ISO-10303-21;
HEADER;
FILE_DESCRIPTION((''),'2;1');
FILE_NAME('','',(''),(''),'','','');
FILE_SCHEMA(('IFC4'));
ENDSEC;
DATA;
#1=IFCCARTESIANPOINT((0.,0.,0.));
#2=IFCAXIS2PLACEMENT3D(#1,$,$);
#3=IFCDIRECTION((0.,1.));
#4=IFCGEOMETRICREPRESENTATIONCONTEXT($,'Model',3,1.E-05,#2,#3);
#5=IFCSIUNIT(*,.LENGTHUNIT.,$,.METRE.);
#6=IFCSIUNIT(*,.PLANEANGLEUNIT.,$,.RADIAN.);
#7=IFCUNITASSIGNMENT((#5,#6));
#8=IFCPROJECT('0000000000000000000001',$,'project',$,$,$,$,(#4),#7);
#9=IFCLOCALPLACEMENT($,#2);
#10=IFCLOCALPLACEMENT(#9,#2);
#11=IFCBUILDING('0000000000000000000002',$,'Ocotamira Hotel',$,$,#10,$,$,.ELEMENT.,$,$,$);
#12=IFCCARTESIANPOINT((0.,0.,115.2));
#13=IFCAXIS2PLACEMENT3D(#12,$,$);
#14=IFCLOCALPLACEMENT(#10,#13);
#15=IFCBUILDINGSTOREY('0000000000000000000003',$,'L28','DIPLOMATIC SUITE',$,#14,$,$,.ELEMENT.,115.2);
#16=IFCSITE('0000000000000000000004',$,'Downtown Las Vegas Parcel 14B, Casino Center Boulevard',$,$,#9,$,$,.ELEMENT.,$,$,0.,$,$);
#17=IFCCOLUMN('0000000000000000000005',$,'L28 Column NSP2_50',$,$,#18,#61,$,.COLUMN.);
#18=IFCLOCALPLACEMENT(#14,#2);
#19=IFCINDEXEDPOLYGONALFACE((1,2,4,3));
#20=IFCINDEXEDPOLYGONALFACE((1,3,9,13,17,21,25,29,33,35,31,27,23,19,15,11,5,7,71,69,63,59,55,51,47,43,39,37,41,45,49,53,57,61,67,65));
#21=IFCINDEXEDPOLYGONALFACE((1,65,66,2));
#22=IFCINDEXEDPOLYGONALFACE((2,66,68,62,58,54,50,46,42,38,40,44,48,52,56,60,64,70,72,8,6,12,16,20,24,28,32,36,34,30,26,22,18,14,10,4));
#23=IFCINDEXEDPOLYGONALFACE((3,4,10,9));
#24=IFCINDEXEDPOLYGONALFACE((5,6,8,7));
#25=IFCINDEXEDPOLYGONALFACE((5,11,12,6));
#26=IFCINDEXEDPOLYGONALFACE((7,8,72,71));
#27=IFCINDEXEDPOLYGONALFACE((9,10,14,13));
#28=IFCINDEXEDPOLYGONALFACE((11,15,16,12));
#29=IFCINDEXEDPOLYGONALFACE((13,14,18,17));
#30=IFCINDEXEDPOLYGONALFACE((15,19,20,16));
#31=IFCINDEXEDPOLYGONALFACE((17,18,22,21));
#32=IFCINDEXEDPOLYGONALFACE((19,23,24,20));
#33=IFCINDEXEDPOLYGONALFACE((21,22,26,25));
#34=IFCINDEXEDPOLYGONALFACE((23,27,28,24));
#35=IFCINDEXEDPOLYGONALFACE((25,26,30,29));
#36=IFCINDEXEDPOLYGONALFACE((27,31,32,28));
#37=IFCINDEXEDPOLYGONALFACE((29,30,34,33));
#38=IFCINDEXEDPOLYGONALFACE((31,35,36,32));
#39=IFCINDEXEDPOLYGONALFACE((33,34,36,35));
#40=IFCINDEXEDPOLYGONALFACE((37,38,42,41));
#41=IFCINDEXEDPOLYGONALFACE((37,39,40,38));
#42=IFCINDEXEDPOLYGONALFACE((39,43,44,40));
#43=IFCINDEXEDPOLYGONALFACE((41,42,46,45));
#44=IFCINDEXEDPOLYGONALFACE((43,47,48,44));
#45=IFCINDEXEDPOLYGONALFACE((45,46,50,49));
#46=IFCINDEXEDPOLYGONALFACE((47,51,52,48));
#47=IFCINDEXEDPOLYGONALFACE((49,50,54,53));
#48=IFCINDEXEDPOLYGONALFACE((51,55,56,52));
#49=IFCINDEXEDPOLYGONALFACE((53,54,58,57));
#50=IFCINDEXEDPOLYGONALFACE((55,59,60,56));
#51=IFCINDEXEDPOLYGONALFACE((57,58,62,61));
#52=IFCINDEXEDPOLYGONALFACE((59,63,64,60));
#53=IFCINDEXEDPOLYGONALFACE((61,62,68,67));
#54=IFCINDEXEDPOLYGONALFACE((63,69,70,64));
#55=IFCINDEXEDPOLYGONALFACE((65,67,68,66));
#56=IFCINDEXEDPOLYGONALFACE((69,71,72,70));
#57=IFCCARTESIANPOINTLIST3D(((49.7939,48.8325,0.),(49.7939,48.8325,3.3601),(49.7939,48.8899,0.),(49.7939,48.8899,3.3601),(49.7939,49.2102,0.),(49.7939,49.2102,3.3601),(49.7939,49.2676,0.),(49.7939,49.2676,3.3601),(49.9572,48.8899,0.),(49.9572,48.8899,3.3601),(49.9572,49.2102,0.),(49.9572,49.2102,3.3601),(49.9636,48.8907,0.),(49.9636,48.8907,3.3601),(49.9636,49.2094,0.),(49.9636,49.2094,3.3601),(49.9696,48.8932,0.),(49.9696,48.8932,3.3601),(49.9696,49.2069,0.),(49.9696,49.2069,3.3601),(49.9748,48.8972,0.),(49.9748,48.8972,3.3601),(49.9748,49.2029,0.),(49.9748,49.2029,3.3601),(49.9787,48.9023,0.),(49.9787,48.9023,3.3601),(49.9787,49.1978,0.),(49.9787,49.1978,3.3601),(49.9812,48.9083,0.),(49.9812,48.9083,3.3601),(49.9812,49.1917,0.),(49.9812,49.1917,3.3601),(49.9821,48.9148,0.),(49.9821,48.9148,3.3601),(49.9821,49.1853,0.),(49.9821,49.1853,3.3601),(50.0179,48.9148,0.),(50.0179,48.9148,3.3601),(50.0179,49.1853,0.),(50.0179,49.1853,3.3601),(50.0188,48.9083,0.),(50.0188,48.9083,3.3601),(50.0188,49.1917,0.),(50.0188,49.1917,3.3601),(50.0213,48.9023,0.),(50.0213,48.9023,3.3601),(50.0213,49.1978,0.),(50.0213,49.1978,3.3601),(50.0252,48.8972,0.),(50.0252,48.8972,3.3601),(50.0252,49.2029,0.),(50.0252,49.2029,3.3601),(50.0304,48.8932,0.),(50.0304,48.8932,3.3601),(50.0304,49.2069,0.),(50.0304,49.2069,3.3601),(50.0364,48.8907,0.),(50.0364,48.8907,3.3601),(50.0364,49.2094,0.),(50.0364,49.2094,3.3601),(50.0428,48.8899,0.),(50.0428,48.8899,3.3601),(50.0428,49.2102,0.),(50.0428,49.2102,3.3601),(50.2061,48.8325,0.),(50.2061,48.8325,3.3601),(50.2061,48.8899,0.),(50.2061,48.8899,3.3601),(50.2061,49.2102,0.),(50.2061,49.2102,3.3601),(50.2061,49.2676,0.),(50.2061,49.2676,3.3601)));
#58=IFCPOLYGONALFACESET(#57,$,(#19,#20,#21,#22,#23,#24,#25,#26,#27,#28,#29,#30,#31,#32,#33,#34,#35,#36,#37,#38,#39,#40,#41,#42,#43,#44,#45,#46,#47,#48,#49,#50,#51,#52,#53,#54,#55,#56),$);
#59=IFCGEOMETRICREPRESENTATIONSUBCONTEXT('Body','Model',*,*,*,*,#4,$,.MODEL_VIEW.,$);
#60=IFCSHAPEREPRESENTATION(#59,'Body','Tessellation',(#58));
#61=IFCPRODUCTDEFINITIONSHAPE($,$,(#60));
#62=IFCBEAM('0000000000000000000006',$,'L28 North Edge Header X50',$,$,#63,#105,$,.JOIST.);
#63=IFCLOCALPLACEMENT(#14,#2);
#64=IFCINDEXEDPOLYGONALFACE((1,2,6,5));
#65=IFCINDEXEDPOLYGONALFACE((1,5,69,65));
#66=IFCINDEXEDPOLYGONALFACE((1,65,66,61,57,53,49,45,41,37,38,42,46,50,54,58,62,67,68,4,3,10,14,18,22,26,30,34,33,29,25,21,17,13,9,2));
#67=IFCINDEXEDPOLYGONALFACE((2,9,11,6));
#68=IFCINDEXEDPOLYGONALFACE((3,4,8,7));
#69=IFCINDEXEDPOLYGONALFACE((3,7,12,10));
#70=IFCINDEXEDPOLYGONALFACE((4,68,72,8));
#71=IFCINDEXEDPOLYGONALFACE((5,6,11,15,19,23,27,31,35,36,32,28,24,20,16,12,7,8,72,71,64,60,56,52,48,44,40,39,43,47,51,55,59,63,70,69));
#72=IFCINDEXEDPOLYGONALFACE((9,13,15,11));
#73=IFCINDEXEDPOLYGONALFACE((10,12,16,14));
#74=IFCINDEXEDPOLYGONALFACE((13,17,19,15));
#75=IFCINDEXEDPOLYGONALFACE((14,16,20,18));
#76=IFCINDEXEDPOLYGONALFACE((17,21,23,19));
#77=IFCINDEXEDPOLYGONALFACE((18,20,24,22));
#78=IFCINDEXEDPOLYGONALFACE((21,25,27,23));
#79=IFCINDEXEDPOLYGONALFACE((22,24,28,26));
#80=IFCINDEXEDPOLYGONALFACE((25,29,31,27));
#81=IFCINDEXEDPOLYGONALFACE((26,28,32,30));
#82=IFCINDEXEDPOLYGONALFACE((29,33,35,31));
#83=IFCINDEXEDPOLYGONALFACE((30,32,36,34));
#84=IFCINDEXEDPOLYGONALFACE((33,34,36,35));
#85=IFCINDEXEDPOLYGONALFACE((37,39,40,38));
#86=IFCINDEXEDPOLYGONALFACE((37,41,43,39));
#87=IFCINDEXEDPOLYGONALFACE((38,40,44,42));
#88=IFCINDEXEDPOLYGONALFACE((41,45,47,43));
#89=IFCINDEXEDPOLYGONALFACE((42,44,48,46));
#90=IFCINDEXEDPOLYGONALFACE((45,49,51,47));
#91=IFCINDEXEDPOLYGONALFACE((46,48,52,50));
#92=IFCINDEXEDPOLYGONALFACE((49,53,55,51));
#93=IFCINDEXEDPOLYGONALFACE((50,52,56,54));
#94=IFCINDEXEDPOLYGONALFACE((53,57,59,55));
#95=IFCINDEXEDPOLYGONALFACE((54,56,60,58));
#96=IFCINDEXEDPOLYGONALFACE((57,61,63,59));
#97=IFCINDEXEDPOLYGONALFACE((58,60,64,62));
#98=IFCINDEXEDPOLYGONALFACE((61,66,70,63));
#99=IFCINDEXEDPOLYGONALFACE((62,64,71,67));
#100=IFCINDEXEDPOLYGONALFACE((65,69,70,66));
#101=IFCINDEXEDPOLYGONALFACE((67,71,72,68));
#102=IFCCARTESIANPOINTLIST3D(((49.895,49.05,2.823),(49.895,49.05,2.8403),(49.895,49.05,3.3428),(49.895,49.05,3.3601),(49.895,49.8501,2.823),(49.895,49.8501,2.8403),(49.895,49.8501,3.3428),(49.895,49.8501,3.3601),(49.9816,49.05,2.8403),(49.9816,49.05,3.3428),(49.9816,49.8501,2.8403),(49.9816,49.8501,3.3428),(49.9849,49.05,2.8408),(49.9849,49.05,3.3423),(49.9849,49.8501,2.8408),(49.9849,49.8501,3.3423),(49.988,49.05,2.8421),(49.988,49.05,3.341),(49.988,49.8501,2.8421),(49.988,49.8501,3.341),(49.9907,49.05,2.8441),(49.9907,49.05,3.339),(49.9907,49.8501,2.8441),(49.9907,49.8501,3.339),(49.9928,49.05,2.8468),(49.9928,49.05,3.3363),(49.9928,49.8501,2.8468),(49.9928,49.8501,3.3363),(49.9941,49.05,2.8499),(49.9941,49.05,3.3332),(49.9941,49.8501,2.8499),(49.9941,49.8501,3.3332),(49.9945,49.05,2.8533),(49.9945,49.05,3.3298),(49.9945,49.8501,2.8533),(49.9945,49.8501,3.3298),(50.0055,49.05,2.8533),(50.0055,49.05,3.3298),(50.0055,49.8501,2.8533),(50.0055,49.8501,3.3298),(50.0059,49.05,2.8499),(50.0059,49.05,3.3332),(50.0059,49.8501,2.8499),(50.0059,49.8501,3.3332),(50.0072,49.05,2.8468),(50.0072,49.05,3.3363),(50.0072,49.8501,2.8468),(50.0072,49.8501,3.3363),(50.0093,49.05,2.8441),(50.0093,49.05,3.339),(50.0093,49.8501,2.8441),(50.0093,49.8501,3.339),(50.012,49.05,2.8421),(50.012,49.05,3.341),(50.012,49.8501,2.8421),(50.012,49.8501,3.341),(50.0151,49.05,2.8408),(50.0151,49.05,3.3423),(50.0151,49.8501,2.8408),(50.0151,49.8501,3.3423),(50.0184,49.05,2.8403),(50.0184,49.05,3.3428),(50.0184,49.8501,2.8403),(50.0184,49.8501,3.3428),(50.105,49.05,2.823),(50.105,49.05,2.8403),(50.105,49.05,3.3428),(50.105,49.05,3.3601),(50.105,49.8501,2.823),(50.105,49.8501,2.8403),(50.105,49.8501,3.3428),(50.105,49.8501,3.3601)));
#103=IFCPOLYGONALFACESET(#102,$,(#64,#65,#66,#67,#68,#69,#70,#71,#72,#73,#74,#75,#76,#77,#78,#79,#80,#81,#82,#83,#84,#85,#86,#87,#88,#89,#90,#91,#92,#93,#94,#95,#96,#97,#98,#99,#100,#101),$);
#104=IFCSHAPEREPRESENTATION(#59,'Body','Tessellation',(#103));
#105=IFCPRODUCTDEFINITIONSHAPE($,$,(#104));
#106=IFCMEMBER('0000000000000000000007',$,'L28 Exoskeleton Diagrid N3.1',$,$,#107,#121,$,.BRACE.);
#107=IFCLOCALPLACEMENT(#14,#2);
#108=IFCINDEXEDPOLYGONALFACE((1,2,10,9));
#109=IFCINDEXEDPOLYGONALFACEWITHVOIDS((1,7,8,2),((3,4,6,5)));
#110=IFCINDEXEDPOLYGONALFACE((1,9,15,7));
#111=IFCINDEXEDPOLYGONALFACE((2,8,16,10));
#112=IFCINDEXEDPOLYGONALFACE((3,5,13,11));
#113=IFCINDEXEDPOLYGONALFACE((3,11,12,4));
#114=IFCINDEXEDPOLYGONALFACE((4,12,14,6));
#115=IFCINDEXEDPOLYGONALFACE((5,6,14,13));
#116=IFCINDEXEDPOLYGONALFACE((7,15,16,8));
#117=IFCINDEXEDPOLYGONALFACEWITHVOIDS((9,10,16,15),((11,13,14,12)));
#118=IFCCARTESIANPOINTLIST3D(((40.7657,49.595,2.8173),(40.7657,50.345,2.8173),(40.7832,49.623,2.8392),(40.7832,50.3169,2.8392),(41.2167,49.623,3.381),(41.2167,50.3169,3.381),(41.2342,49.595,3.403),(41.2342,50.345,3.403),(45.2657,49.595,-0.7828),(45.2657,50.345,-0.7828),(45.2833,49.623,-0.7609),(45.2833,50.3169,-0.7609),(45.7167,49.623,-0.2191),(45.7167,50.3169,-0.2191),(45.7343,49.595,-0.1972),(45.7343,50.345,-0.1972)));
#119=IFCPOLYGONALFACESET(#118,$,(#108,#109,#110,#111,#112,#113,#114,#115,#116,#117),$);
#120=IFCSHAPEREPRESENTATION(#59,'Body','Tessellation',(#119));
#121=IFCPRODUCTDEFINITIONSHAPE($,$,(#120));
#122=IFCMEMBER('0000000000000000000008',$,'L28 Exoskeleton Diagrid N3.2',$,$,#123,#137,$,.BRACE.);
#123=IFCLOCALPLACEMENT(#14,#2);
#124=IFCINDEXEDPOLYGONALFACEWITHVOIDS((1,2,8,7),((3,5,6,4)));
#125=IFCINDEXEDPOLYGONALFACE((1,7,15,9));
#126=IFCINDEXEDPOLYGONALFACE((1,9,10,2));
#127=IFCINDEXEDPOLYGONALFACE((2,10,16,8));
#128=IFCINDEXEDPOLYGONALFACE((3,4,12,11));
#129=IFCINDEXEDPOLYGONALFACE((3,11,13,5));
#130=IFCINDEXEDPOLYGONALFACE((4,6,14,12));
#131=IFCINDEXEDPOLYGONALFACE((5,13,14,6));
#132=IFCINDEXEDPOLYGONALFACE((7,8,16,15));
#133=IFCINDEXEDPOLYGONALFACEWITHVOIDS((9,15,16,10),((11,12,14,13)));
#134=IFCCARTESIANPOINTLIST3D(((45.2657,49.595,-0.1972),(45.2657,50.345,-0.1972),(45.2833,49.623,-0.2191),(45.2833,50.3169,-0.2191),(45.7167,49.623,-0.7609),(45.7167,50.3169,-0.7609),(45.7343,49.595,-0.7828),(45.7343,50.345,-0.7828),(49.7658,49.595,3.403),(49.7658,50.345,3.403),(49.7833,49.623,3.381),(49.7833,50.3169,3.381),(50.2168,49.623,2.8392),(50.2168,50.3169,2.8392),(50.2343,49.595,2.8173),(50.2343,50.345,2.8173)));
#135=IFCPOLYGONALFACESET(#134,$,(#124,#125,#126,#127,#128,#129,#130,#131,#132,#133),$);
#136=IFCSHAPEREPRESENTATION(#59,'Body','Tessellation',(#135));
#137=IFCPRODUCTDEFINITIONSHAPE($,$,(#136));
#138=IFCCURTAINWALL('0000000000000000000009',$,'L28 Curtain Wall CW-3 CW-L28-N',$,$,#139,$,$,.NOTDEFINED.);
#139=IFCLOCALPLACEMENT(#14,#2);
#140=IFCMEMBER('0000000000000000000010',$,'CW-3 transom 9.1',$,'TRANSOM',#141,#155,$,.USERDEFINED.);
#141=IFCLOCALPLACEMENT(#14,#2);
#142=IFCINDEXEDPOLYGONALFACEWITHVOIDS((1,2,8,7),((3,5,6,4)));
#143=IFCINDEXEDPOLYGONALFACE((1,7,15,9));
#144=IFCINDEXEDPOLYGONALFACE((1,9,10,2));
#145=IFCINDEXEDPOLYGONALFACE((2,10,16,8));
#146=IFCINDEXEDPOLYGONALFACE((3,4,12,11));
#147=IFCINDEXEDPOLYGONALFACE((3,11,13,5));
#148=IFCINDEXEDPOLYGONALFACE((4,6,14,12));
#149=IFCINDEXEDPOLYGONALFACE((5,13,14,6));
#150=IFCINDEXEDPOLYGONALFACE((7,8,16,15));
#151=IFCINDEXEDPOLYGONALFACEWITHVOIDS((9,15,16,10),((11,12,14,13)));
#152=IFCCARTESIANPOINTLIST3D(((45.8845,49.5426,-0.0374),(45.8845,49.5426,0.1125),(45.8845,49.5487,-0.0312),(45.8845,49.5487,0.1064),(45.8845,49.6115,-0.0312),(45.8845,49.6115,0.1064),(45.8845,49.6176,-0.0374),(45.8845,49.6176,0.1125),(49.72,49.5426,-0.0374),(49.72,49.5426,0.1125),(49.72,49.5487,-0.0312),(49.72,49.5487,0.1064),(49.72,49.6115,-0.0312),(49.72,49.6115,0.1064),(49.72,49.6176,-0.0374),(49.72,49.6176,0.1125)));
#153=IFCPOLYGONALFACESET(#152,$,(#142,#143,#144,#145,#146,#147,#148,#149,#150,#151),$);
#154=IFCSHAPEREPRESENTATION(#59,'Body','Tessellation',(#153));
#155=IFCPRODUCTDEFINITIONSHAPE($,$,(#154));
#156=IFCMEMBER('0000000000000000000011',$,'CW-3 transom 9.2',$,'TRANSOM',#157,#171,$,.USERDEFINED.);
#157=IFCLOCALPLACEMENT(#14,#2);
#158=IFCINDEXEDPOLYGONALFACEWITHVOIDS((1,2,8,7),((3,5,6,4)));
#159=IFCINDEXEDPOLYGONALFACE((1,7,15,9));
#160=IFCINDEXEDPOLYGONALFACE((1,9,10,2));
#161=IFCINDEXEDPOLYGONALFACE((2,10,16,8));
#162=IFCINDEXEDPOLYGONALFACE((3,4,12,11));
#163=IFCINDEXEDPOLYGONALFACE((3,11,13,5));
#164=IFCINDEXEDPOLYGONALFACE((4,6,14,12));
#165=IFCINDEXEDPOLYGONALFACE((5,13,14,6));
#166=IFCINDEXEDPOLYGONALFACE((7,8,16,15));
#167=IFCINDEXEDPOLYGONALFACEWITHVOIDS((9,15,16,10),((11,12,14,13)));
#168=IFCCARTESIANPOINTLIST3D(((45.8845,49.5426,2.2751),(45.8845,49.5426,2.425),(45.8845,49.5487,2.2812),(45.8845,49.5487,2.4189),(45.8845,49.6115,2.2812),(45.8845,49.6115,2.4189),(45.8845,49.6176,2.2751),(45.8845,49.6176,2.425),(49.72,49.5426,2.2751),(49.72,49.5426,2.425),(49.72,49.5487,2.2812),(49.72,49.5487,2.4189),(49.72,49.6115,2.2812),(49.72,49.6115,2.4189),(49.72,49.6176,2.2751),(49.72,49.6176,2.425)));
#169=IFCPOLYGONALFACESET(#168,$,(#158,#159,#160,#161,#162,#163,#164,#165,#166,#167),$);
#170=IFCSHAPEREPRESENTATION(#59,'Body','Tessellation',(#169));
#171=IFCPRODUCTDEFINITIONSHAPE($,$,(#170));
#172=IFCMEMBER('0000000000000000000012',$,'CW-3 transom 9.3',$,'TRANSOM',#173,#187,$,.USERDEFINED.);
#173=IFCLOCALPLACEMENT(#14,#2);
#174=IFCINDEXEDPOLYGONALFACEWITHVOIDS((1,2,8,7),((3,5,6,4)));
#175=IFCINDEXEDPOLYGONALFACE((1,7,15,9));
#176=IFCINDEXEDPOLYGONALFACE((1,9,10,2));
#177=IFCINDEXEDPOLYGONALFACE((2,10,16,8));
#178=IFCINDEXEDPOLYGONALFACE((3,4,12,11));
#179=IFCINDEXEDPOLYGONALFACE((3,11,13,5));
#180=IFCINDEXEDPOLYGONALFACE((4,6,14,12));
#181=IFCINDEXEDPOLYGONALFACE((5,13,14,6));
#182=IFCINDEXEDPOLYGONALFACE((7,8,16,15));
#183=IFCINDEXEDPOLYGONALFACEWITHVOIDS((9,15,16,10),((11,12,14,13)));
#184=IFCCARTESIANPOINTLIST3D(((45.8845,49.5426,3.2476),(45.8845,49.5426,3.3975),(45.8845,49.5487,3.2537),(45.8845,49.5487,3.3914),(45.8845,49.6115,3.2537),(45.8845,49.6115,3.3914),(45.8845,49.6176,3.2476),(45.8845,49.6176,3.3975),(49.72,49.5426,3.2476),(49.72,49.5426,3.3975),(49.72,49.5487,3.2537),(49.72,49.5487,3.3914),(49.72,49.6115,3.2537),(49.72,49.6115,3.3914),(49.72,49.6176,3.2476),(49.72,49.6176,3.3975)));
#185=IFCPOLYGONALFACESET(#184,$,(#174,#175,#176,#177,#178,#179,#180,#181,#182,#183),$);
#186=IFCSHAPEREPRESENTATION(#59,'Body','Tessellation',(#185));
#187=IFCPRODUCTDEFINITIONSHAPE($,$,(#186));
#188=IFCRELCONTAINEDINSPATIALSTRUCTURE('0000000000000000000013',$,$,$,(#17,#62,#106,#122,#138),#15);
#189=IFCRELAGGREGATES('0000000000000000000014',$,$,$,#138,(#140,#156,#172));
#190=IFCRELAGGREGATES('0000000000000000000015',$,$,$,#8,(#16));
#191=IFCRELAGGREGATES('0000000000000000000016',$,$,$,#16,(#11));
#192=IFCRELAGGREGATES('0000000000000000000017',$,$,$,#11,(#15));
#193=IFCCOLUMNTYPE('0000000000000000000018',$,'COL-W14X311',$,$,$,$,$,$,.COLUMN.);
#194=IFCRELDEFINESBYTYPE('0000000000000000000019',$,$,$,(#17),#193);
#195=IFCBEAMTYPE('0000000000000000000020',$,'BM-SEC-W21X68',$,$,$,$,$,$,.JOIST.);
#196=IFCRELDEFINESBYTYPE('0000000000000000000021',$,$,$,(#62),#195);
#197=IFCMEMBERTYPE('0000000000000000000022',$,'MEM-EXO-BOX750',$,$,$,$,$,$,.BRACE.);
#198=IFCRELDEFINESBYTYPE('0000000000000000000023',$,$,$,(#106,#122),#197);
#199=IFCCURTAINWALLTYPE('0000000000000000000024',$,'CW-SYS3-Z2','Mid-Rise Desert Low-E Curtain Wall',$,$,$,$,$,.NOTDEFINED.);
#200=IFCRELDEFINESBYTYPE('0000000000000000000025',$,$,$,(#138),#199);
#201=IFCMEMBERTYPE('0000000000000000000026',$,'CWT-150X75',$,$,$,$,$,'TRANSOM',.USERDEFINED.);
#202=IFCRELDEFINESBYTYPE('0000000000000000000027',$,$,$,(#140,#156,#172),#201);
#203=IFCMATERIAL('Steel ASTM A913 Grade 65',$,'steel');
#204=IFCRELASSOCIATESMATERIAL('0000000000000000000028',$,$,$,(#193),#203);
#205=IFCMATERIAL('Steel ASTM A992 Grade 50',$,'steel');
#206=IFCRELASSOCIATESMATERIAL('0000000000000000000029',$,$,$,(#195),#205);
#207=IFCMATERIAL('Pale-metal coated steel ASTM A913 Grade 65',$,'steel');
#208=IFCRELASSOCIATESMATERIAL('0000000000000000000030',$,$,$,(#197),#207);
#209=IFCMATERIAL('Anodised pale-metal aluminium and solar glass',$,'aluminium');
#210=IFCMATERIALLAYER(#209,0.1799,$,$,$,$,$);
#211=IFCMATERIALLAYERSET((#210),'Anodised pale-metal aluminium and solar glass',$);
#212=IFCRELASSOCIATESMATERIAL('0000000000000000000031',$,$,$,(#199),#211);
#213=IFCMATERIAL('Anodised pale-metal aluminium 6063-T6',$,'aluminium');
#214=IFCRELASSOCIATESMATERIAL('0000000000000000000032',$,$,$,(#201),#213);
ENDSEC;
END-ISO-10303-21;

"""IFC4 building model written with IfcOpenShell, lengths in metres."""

from ifc_helpers import new_model, si_unit, direction, frame, origin, origin_2d, place, context, subcontext, project, spatial, hollow_rectangle, i_section, extrude, source, transform, mapped, material, layer, layer_set, material_profile, profile_set, type_object, element, aggregate, save


model = new_model("IFC4")

# Units and contexts
model_context = context("Model", 3, precision=1e-05, world=origin(), true_north=direction((0.0, 1.0)))
body_context = subcontext(model_context, "Body", "Model", "MODEL_VIEW")
ifc_project = project(units=[si_unit("LENGTHUNIT", "METRE"), si_unit("PLANEANGLEUNIT", "RADIAN")], contexts=[model_context])

# Site, building, storey
site_placement = place(None, origin())
site = spatial("IfcSite", under=ifc_project, at=site_placement, Name="Downtown Las Vegas Parcel 14B, Casino Center Boulevard", CompositionType="ELEMENT", RefElevation=0.0)
building_placement = place(site_placement, origin())
building = spatial("IfcBuilding", under=site, at=building_placement, Name="Ocotamira Hotel", CompositionType="ELEMENT")
storey_placement = place(building_placement, frame((0.0, 0.0, 115.2)))
storey = spatial("IfcBuildingStorey", under=building, at=storey_placement, Name="L28", Description="DIPLOMATIC SUITE", CompositionType="ELEMENT", Elevation=115.2)

# Column
ifc_material_1 = material(Name="Steel ASTM A913 Grade 65", Category="steel")
ifc_material_profile_1 = material_profile(ifc_material_1, i_section(OverallWidth=0.4121, OverallDepth=0.4351, WebThickness=0.0359, FlangeThickness=0.0574, FilletRadius=0.0249, at=origin_2d()), Name="W14X311")
ifc_profile_set_1 = profile_set([ifc_material_profile_1], Name="Steel ASTM A913 Grade 65")
column_type = type_object("IfcColumnType", Name="COL-W14X311", PredefinedType="COLUMN", material=ifc_profile_set_1)
shared_shape_1 = source(origin(), body_context, "Body", "SweptSolid", [
    extrude(i_section(OverallWidth=0.4121, OverallDepth=0.4351, WebThickness=0.0359, FlangeThickness=0.0574, FilletRadius=0.0249, at=origin_2d()), origin(), (0.0, 0.0, 1.0), 3.3601),
])
column_placement = place(storey_placement, frame((50.0, 49.05, 0.0), z_axis=(0.0, 0.0, 1.0), x_axis=(1.0, 0.0, 0.0)))
element("IfcColumn", 1, at=column_placement, inside=storey, type_object=column_type, Name="L28 Column NSP2_50", PredefinedType="COLUMN", context=body_context, shape_type="MappedRepresentation", body=[
    mapped(shared_shape_1, transform((0.0, 0.0, 0.0), scale=1.0)),
])

# Beam
ifc_material_2 = material(Name="Steel ASTM A992 Grade 50", Category="steel")
ifc_material_profile_2 = material_profile(ifc_material_2, i_section(OverallWidth=0.21, OverallDepth=0.5371, WebThickness=0.011, FlangeThickness=0.0173, FilletRadius=0.0129, at=origin_2d()), Name="W21X68")
ifc_profile_set_2 = profile_set([ifc_material_profile_2], Name="Steel ASTM A992 Grade 50")
beam_type = type_object("IfcBeamType", Name="BM-SEC-W21X68", PredefinedType="JOIST", material=ifc_profile_set_2)
shared_shape_2 = source(origin(), body_context, "Body", "SweptSolid", [
    extrude(i_section(OverallWidth=0.21, OverallDepth=0.5371, WebThickness=0.011, FlangeThickness=0.0173, FilletRadius=0.0129, at=origin_2d()), origin(), (0.0, 0.0, 1.0), 0.8),
])
beam_placement = place(storey_placement, frame((50.0, 49.05, 3.0916), z_axis=(0.0, 1.0, 0.0), x_axis=(-1.0, 0.0, 0.0)))
element("IfcBeam", 2, at=beam_placement, inside=storey, type_object=beam_type, Name="L28 North Edge Header X50", PredefinedType="JOIST", context=body_context, shape_type="MappedRepresentation", body=[
    mapped(shared_shape_2, transform((0.0, 0.0, 0.0), scale=1.0)),
])

# Members
ifc_material_3 = material(Name="Pale-metal coated steel ASTM A913 Grade 65", Category="steel")
ifc_material_profile_3 = material_profile(ifc_material_3, hollow_rectangle(XDim=0.75, YDim=0.75, WallThickness=0.0281, at=origin_2d()), Name="BOX750X750X28")
ifc_profile_set_3 = profile_set([ifc_material_profile_3], Name="Pale-metal coated steel ASTM A913 Grade 65")
member_type_1 = type_object("IfcMemberType", Name="MEM-EXO-BOX750", PredefinedType="BRACE", material=ifc_profile_set_3)
shared_shape_3 = source(origin(), body_context, "Body", "SweptSolid", [
    extrude(hollow_rectangle(XDim=0.75, YDim=0.75, WallThickness=0.0281, at=origin_2d()), origin(), (0.0, 0.0, 1.0), 5.7629),
])
for number, where, z_axis, x_axis, name in (
    (3, (45.5, 49.97, -0.49), (-0.780861, 0.0, 0.624705), (0.0, -1.0, 0.0), "L28 Exoskeleton Diagrid N3.1"),
    (4, (45.5, 49.97, -0.49), (0.780861, 0.0, 0.624705), (0.0, 1.0, 0.0), "L28 Exoskeleton Diagrid N3.2"),
):
    element("IfcMember", number, at=place(storey_placement, frame(where, z_axis=z_axis, x_axis=x_axis)), inside=storey, type_object=member_type_1, Name=name, PredefinedType="BRACE", context=body_context, shape_type="MappedRepresentation", body=[
        mapped(shared_shape_3, transform((0.0, 0.0, 0.0), scale=1.0)),
    ])

# Curtain wall, members
ifc_material_4 = material(Name="Anodised pale-metal aluminium and solar glass", Category="aluminium")
ifc_layer_1 = layer(ifc_material_4, 0.1799)
ifc_layer_set_1 = layer_set([ifc_layer_1], Name="Anodised pale-metal aluminium and solar glass")
curtain_wall_type = type_object("IfcCurtainWallType", Name="CW-SYS3-Z2", Description="Mid-Rise Desert Low-E Curtain Wall", PredefinedType="NOTDEFINED", material=ifc_layer_set_1)
curtain_wall_1_placement = place(storey_placement, origin())
curtain_wall_1 = element("IfcCurtainWall", 5, at=curtain_wall_1_placement, inside=storey, type_object=curtain_wall_type, Name="L28 Curtain Wall CW-3 CW-L28-N", PredefinedType="NOTDEFINED")
ifc_material_5 = material(Name="Anodised pale-metal aluminium 6063-T6", Category="aluminium")
ifc_material_profile_4 = material_profile(ifc_material_5, hollow_rectangle(XDim=0.075, YDim=0.1499, WallThickness=0.0061, at=origin_2d()), Name="HSS150X75X6")
ifc_profile_set_4 = profile_set([ifc_material_profile_4], Name="Anodised pale-metal aluminium 6063-T6")
member_type_2 = type_object("IfcMemberType", Name="CWT-150X75", ElementType="TRANSOM", PredefinedType="USERDEFINED", material=ifc_profile_set_4)
shared_shape_4 = source(origin(), body_context, "Body", "SweptSolid", [
    extrude(hollow_rectangle(XDim=0.075, YDim=0.1499, WallThickness=0.0061, at=origin_2d()), origin(), (0.0, 0.0, 1.0), 3.8354),
])
member_1_placement = place(storey_placement, frame((45.8845, 49.5801, 0.0376), z_axis=(1.0, 0.0, 0.0), x_axis=(0.0, 1.0, 0.0)))
member_1 = element("IfcMember", 6, at=member_1_placement, type_object=member_type_2, Name="CW-3 transom 9.1", ObjectType="TRANSOM", PredefinedType="USERDEFINED", context=body_context, shape_type="MappedRepresentation", body=[
    mapped(shared_shape_4, transform((0.0, 0.0, 0.0), scale=1.0)),
])
member_2_placement = place(storey_placement, frame((45.8845, 49.5801, 2.3501), z_axis=(1.0, 0.0, 0.0), x_axis=(0.0, 1.0, 0.0)))
member_2 = element("IfcMember", 7, at=member_2_placement, type_object=member_type_2, Name="CW-3 transom 9.2", ObjectType="TRANSOM", PredefinedType="USERDEFINED", context=body_context, shape_type="MappedRepresentation", body=[
    mapped(shared_shape_4, transform((0.0, 0.0, 0.0), scale=1.0)),
])
member_3_placement = place(storey_placement, frame((45.8845, 49.5801, 3.3225), z_axis=(1.0, 0.0, 0.0), x_axis=(0.0, 1.0, 0.0)))
member_3 = element("IfcMember", 8, at=member_3_placement, type_object=member_type_2, Name="CW-3 transom 9.3", ObjectType="TRANSOM", PredefinedType="USERDEFINED", context=body_context, shape_type="MappedRepresentation", body=[
    mapped(shared_shape_4, transform((0.0, 0.0, 0.0), scale=1.0)),
])

aggregate(curtain_wall_1, [member_1, member_2, member_3])

save(model, "model.ifc")
